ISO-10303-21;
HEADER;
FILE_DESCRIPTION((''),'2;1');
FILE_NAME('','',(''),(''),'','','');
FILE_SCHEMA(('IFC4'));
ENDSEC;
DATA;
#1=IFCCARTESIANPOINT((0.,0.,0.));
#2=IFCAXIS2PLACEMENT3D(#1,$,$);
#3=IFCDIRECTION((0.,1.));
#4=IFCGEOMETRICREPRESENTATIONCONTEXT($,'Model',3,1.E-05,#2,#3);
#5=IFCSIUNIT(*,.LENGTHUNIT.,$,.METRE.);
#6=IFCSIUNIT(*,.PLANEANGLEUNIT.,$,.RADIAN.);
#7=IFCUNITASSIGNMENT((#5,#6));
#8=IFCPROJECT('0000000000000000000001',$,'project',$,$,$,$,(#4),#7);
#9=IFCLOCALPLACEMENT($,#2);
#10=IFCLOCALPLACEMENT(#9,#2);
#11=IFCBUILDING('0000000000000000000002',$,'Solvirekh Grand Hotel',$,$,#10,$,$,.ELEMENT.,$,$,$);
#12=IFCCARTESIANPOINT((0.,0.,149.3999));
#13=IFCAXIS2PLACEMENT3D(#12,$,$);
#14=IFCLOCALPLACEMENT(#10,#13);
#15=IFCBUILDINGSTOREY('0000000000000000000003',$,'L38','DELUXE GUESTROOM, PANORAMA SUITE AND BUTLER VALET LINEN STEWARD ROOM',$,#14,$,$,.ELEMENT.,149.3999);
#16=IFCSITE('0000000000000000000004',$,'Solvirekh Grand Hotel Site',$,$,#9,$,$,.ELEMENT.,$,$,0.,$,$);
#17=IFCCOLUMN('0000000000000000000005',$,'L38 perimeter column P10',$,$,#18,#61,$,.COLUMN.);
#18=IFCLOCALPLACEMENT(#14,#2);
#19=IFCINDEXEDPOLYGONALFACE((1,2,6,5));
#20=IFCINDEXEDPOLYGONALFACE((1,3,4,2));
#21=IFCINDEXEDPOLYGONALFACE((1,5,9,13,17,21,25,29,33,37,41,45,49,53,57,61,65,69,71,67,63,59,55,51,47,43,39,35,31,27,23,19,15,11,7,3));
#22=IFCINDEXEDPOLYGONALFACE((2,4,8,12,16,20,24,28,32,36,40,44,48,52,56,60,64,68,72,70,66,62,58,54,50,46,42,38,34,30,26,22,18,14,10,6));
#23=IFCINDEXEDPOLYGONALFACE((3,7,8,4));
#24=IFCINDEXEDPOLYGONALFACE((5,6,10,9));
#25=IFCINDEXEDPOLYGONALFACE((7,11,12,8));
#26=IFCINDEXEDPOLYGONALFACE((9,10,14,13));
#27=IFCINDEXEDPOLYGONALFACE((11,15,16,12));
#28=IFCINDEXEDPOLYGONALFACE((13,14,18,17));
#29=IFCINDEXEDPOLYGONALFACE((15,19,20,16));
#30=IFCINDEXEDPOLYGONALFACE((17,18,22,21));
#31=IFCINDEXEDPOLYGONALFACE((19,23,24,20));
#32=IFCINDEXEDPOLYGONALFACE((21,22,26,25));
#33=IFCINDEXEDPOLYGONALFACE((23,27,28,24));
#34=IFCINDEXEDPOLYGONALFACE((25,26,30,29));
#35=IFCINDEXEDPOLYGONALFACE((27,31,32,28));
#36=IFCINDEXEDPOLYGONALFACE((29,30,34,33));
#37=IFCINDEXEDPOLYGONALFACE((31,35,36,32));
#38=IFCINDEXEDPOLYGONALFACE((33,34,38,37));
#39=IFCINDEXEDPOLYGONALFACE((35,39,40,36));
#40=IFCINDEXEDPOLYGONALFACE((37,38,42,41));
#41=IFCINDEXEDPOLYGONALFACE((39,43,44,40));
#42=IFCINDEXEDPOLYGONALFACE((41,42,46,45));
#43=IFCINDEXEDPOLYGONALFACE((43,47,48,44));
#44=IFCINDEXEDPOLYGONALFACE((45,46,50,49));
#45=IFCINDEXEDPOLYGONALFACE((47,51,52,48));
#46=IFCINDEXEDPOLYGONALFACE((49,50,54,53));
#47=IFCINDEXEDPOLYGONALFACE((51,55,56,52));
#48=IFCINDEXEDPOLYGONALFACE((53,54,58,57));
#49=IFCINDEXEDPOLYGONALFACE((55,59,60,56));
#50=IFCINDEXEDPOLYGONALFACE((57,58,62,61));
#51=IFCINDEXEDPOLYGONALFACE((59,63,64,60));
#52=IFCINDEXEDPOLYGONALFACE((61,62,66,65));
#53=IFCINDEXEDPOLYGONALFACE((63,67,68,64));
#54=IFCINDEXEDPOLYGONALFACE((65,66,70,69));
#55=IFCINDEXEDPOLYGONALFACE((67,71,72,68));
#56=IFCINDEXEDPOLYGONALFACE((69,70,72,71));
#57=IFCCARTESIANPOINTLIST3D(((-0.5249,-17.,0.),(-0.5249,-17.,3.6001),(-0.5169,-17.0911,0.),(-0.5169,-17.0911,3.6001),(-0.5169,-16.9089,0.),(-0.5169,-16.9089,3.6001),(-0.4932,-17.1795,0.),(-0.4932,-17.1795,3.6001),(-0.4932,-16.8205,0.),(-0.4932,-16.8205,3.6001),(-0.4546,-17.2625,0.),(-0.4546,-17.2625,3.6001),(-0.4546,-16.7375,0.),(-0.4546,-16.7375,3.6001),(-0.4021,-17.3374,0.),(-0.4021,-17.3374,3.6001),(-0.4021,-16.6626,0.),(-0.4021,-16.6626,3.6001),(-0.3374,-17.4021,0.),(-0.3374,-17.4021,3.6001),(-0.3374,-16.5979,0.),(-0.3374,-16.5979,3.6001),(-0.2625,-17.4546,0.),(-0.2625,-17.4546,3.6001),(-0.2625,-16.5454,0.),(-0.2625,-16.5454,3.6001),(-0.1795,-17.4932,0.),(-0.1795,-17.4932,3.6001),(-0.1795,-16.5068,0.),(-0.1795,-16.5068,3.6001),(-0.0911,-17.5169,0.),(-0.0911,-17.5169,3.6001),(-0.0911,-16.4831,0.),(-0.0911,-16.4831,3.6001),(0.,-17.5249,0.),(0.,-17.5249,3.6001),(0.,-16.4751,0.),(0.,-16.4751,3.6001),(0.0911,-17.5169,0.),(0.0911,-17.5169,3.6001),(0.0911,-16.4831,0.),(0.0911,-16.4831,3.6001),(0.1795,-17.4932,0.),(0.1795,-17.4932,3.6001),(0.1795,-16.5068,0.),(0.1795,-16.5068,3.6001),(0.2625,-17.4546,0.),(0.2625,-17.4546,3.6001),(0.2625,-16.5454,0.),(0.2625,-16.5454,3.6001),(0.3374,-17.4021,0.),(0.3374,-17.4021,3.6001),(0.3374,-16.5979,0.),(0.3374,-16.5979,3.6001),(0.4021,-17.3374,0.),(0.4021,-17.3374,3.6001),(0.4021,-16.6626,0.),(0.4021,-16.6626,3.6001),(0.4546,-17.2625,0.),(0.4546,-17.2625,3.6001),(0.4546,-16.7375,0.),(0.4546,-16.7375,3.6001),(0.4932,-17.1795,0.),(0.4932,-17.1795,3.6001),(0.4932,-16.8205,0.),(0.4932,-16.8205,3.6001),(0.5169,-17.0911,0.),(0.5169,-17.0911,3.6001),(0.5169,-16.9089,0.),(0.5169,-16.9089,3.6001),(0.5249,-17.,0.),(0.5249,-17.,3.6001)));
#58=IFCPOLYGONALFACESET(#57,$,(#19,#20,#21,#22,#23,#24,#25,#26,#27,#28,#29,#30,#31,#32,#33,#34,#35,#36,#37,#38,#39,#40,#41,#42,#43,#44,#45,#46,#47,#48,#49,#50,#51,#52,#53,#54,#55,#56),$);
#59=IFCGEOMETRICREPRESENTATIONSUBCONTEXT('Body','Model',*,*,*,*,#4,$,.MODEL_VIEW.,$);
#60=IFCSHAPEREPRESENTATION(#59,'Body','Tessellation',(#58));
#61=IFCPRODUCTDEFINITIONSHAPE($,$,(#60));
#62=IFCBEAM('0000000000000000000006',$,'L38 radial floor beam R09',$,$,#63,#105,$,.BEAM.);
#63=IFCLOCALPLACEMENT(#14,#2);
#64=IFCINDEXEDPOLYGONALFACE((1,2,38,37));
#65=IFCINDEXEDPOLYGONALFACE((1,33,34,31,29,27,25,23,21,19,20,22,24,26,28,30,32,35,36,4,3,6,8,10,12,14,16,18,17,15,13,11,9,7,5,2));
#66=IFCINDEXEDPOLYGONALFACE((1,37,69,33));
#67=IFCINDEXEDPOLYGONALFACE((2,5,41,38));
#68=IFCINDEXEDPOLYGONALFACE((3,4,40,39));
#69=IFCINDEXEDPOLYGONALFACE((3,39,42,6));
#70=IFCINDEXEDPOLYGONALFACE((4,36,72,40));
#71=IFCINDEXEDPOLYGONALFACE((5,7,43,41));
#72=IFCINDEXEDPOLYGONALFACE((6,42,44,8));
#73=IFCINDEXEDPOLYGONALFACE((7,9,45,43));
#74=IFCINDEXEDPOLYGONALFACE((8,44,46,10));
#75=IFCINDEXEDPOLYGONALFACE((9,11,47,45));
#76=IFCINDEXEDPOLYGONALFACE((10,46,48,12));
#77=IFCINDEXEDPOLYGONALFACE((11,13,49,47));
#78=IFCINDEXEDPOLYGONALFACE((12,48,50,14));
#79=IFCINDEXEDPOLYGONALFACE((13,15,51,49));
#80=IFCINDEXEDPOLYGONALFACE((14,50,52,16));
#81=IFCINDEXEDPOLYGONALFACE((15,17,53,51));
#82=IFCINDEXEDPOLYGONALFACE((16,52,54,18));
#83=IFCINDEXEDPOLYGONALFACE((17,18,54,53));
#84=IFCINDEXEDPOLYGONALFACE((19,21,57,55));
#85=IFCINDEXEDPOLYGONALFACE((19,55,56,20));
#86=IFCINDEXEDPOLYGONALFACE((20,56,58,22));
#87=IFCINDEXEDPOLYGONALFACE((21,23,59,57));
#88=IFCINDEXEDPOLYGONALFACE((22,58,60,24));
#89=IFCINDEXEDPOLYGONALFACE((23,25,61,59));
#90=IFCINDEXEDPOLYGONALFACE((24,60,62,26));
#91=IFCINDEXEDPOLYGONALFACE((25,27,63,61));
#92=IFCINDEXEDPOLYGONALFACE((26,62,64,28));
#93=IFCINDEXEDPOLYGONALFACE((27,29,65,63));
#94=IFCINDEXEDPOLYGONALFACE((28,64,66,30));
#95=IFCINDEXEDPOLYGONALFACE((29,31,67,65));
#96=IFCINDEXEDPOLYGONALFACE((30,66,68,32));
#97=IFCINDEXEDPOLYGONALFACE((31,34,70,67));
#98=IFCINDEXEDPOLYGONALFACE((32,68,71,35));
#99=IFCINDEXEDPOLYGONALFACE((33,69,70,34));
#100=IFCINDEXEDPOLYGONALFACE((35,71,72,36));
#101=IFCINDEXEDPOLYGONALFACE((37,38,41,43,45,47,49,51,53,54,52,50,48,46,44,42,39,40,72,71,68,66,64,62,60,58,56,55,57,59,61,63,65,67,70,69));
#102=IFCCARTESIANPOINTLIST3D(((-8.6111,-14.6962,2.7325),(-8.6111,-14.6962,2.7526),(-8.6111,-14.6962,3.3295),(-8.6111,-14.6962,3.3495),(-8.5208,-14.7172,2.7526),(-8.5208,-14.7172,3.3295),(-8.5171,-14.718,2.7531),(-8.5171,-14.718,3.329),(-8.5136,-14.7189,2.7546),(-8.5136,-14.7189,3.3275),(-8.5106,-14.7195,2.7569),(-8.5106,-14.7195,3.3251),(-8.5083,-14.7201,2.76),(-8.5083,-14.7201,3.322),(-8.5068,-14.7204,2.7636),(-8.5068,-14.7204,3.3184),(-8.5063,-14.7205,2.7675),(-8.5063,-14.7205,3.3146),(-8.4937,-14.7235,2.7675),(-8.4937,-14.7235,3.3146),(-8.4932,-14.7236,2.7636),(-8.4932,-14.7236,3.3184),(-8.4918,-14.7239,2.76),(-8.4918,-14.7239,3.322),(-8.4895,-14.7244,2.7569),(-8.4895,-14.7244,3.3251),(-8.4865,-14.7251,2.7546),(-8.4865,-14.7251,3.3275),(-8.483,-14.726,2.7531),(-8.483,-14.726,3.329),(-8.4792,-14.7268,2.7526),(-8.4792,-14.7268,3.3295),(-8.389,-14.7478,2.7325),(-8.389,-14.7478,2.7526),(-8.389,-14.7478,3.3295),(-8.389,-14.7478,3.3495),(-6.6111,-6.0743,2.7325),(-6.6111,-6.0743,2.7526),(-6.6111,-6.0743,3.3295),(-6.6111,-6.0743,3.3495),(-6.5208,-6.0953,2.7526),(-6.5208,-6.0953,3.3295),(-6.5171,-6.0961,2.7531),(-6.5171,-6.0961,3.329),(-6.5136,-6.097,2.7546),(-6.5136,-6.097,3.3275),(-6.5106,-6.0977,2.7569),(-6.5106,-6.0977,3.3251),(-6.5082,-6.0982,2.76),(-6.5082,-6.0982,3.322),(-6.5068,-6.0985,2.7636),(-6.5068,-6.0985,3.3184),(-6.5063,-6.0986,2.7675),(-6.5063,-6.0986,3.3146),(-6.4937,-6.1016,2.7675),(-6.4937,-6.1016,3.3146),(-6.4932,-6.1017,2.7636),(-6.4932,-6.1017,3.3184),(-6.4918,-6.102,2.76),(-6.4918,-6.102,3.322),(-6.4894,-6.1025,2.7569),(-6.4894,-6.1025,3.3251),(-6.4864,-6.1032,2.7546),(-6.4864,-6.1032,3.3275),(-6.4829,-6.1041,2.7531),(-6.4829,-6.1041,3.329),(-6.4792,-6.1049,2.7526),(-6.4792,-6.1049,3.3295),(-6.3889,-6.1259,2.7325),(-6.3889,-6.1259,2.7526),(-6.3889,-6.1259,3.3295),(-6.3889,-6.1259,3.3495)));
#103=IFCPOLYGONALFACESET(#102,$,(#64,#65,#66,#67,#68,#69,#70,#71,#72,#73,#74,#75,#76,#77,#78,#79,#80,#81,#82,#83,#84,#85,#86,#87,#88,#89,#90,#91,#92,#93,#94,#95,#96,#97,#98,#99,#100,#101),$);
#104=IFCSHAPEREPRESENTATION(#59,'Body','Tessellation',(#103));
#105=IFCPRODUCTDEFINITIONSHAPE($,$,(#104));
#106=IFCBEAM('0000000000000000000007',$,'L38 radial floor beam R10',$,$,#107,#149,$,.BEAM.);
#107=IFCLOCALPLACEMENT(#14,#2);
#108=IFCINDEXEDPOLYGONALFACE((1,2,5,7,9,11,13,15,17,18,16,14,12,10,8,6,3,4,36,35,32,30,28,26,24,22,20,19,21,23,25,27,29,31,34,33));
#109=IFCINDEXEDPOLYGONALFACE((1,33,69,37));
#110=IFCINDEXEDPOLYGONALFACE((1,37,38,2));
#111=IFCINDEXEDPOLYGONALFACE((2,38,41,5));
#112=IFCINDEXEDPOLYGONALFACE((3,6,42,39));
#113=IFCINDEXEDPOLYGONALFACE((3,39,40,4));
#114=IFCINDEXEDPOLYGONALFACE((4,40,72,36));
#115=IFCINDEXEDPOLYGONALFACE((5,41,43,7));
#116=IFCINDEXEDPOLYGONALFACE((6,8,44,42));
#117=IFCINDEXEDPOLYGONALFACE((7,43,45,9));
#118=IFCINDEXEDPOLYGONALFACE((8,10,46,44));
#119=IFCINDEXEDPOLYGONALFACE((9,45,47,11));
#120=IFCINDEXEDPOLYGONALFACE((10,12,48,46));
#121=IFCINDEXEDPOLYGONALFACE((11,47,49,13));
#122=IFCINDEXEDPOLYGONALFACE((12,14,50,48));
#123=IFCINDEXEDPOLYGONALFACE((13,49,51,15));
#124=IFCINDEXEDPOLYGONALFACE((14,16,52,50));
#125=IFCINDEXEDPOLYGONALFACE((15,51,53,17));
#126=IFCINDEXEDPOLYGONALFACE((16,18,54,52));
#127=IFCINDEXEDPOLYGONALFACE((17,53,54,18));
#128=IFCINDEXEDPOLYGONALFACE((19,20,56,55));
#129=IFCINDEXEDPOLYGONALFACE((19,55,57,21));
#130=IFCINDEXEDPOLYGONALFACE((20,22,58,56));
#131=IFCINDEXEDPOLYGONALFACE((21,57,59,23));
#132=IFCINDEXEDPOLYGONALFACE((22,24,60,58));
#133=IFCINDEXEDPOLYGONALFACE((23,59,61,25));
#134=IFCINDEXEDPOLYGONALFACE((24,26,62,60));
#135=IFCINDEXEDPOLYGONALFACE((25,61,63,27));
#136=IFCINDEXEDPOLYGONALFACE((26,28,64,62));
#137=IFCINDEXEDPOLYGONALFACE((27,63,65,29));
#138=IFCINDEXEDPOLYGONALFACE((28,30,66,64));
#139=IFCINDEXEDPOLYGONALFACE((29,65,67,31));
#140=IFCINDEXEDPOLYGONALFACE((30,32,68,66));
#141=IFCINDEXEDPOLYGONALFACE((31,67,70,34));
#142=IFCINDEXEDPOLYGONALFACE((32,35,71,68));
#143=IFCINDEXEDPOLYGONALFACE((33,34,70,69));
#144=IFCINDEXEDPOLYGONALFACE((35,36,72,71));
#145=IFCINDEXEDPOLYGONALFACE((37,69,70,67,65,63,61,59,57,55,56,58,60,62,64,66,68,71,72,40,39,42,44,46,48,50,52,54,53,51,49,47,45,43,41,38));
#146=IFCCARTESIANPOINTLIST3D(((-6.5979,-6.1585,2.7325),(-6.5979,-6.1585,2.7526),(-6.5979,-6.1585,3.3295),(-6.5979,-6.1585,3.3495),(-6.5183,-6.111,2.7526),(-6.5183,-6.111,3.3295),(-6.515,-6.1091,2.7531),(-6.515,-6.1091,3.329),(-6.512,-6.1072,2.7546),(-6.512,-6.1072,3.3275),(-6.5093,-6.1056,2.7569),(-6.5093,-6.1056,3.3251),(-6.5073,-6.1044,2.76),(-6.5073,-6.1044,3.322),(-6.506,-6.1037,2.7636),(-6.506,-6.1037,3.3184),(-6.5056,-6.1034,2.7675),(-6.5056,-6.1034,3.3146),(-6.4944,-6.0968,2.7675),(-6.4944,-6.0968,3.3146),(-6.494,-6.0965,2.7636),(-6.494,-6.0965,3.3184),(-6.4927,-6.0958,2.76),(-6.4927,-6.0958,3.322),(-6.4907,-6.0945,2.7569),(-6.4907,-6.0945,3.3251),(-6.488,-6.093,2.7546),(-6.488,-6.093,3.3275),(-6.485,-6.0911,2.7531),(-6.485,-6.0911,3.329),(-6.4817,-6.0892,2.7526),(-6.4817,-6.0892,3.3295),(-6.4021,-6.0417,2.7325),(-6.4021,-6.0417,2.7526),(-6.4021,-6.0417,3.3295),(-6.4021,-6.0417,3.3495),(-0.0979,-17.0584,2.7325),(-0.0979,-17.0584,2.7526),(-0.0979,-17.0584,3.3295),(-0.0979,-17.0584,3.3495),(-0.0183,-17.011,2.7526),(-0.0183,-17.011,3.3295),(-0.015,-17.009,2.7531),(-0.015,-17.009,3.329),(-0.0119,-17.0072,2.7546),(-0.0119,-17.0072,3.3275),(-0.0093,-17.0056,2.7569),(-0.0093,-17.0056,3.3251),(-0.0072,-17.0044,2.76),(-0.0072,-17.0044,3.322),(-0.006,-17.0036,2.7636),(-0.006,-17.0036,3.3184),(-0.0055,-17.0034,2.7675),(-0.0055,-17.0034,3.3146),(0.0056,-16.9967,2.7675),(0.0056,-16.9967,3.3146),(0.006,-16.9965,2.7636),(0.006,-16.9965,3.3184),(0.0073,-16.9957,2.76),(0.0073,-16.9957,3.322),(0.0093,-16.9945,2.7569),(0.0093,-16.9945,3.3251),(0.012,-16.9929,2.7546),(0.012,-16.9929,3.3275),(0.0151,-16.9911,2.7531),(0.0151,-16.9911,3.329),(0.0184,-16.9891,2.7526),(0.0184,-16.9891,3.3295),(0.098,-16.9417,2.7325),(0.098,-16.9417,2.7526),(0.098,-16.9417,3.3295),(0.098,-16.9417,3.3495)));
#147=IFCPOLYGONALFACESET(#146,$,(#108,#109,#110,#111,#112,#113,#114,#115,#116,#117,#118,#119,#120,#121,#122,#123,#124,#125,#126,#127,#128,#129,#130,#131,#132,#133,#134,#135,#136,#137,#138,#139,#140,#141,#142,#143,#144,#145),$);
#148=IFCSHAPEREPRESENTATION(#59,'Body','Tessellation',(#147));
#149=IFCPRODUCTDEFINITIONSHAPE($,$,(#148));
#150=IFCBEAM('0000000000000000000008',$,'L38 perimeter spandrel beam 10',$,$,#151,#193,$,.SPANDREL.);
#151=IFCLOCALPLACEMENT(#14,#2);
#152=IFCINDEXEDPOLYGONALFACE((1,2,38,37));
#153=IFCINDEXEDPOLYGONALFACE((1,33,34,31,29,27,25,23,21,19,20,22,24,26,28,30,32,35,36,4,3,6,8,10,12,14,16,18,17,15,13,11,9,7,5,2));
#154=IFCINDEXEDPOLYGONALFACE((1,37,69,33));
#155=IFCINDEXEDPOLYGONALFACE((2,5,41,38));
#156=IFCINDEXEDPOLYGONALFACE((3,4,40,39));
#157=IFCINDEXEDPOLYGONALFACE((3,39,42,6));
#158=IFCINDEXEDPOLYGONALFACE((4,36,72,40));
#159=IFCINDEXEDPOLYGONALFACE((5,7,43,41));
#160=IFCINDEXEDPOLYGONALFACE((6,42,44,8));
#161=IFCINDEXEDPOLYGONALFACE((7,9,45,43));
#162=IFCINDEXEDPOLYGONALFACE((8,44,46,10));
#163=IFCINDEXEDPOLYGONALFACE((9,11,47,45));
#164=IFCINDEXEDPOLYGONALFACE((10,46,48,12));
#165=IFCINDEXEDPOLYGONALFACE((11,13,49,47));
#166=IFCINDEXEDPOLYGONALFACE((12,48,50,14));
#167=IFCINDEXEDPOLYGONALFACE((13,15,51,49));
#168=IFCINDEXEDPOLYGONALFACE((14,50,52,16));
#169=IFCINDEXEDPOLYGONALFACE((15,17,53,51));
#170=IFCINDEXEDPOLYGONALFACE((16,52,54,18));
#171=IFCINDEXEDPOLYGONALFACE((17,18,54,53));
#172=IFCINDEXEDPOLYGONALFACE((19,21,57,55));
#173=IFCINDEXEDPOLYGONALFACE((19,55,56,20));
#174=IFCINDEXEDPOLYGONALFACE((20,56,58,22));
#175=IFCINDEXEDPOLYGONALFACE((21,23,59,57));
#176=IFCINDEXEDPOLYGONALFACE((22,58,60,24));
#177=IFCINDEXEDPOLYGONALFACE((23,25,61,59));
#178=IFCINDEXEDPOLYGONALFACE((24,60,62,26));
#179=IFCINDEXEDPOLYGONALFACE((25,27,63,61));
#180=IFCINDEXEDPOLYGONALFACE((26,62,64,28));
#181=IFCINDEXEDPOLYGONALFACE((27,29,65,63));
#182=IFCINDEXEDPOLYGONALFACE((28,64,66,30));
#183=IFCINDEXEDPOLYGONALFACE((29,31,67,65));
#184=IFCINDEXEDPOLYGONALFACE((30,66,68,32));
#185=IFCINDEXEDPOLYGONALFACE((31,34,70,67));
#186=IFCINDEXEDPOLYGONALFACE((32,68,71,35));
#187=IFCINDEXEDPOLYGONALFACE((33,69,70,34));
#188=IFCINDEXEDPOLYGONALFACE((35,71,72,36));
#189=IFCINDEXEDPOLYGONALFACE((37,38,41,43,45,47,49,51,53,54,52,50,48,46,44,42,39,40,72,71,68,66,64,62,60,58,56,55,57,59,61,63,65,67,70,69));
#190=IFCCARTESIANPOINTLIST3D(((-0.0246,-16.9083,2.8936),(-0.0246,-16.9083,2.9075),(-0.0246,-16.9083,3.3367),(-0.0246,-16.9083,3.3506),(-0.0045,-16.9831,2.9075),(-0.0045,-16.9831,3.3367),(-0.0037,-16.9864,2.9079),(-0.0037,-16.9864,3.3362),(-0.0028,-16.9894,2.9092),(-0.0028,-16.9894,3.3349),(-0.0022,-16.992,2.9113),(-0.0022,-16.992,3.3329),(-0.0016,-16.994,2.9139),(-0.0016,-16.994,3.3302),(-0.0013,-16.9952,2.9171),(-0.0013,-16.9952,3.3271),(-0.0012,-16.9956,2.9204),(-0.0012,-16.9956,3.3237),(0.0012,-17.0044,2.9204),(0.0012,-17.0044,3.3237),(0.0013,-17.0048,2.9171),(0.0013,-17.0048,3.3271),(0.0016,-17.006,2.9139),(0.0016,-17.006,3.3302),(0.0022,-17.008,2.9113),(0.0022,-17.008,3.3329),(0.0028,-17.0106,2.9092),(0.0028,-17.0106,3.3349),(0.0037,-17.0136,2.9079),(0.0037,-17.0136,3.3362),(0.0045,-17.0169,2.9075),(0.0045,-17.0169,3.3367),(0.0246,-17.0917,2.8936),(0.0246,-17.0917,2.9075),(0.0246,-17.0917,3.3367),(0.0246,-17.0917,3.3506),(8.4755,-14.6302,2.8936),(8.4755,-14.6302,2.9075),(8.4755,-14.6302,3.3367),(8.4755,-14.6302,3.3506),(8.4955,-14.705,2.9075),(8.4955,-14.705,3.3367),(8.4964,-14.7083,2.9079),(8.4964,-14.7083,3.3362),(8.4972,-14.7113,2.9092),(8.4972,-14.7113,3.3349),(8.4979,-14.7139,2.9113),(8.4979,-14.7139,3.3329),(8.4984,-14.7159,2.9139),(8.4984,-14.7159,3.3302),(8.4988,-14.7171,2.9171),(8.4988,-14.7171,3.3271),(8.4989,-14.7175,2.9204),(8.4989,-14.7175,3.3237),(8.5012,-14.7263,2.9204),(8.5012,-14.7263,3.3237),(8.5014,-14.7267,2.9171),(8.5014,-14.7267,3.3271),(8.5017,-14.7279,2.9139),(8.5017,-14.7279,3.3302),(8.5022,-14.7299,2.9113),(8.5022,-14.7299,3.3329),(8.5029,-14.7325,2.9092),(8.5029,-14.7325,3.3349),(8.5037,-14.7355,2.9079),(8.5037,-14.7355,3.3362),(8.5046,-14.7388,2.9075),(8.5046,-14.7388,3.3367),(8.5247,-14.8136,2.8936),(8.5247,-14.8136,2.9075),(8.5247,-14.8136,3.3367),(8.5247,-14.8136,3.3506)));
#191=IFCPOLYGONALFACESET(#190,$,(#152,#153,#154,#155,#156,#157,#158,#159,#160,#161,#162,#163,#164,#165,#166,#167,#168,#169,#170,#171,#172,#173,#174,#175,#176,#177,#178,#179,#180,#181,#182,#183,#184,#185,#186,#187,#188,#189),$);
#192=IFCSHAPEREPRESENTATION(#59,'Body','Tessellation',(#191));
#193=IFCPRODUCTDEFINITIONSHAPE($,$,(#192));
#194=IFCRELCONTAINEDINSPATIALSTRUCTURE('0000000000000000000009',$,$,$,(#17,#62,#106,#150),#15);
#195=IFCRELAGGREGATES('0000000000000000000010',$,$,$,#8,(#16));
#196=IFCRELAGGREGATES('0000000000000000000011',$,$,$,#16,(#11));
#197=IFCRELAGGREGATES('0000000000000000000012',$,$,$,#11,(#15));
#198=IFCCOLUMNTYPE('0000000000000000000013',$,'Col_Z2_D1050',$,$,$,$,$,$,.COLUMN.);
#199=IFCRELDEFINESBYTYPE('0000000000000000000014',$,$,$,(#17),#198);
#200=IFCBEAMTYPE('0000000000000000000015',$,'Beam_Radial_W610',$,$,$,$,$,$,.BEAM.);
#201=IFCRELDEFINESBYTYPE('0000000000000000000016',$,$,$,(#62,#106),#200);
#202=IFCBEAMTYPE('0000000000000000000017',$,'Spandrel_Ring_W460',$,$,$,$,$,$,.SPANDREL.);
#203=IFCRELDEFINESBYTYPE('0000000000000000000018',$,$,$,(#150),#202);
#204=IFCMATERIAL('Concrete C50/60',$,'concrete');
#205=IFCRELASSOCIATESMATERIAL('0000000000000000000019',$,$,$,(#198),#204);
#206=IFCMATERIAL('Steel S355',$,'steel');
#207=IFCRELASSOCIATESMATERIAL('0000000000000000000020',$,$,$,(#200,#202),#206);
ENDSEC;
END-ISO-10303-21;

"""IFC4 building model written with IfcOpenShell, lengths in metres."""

from ifc_helpers import new_model, si_unit, direction, frame, origin, origin_2d, place, context, subcontext, project, spatial, circle, i_section, extrude, material, material_profile, profile_set, type_object, element, save


model = new_model("IFC4")

# Units and contexts
model_context = context("Model", 3, precision=1e-05, world=origin(), true_north=direction((0.0, 1.0)))
body_context = subcontext(model_context, "Body", "Model", "MODEL_VIEW")
ifc_project = project(units=[si_unit("LENGTHUNIT", "METRE"), si_unit("PLANEANGLEUNIT", "RADIAN")], contexts=[model_context])

# Site, building, storey
site_placement = place(None, origin())
site = spatial("IfcSite", under=ifc_project, at=site_placement, Name="Solvirekh Grand Hotel Site", CompositionType="ELEMENT", RefElevation=0.0)
building_placement = place(site_placement, origin())
building = spatial("IfcBuilding", under=site, at=building_placement, Name="Solvirekh Grand Hotel", CompositionType="ELEMENT")
storey_placement = place(building_placement, frame((0.0, 0.0, 149.3999)))
storey = spatial("IfcBuildingStorey", under=building, at=storey_placement, Name="L38", Description="DELUXE GUESTROOM, PANORAMA SUITE AND BUTLER VALET LINEN STEWARD ROOM", CompositionType="ELEMENT", Elevation=149.3999)

# Column
ifc_material_1 = material(Name="Concrete C50/60", Category="concrete")
ifc_material_profile_1 = material_profile(ifc_material_1, circle(Radius=0.5249, at=origin_2d()), Name="RC CIRC D1050")
ifc_profile_set_1 = profile_set([ifc_material_profile_1], Name="Concrete C50/60")
column_type = type_object("IfcColumnType", Name="Col_Z2_D1050", PredefinedType="COLUMN", material=ifc_profile_set_1)
column_placement = place(storey_placement, frame((0.0, -17.0, 0.0), z_axis=(0.0, 0.0, 1.0), x_axis=(1.0, 0.0, 0.0)))
element("IfcColumn", 1, at=column_placement, inside=storey, type_object=column_type, Name="L38 perimeter column P10", PredefinedType="COLUMN", context=body_context, shape_type="SweptSolid", body=[
    extrude(circle(Radius=0.5249, at=origin_2d()), origin(), (0.0, 0.0, 1.0), 3.6001),
])

# Beams
ifc_material_2 = material(Name="Steel S355", Category="steel")
ifc_material_profile_2 = material_profile(ifc_material_2, i_section(OverallWidth=0.228, OverallDepth=0.6169, WebThickness=0.0129, FlangeThickness=0.02, FilletRadius=0.0149, at=origin_2d()), Name="W610X140")
ifc_profile_set_2 = profile_set([ifc_material_profile_2], Name="Steel S355")
beam_type_1 = type_object("IfcBeamType", Name="Beam_Radial_W610", PredefinedType="BEAM", material=ifc_profile_set_2)
beam_1_placement = place(storey_placement, frame((-6.5, -6.1001, 3.041), z_axis=(-0.225969, -0.974134, 0.0), x_axis=(0.974134, -0.225969, 0.0)))
element("IfcBeam", 2, at=beam_1_placement, inside=storey, type_object=beam_type_1, Name="L38 radial floor beam R09", PredefinedType="BEAM", context=body_context, shape_type="SweptSolid", body=[
    extrude(i_section(OverallWidth=0.228, OverallDepth=0.6169, WebThickness=0.0129, FlangeThickness=0.02, FilletRadius=0.0149, at=origin_2d()), origin(), (0.0, 0.0, 1.0), 8.8508),
])
beam_2_placement = place(storey_placement, frame((-6.5, -6.1001, 3.041), z_axis=(0.51218, -0.858878, 0.0), x_axis=(0.858878, 0.51218, 0.0)))
element("IfcBeam", 3, at=beam_2_placement, inside=storey, type_object=beam_type_1, Name="L38 radial floor beam R10", PredefinedType="BEAM", context=body_context, shape_type="SweptSolid", body=[
    extrude(i_section(OverallWidth=0.228, OverallDepth=0.6169, WebThickness=0.0129, FlangeThickness=0.02, FilletRadius=0.0149, at=origin_2d()), origin(), (0.0, 0.0, 1.0), 12.6909),
])
ifc_material_profile_3 = material_profile(ifc_material_2, i_section(OverallWidth=0.1899, OverallDepth=0.457, WebThickness=0.009, FlangeThickness=0.0139, FilletRadius=0.0129, at=origin_2d()), Name="W460X74")
ifc_profile_set_3 = profile_set([ifc_material_profile_3], Name="Steel S355")
beam_type_2 = type_object("IfcBeamType", Name="Spandrel_Ring_W460", PredefinedType="SPANDREL", material=ifc_profile_set_3)
beam_3_placement = place(storey_placement, frame((0.0, -17.0, 3.1221), z_axis=(0.965911, 0.258873, 0.0), x_axis=(-0.258873, 0.965911, 0.0)))
element("IfcBeam", 4, at=beam_3_placement, inside=storey, type_object=beam_type_2, Name="L38 perimeter spandrel beam 10", PredefinedType="SPANDREL", context=body_context, shape_type="SweptSolid", body=[
    extrude(i_section(OverallWidth=0.1899, OverallDepth=0.457, WebThickness=0.009, FlangeThickness=0.0139, FilletRadius=0.0129, at=origin_2d()), origin(), (0.0, 0.0, 1.0), 8.8),
])

save(model, "model.ifc")
